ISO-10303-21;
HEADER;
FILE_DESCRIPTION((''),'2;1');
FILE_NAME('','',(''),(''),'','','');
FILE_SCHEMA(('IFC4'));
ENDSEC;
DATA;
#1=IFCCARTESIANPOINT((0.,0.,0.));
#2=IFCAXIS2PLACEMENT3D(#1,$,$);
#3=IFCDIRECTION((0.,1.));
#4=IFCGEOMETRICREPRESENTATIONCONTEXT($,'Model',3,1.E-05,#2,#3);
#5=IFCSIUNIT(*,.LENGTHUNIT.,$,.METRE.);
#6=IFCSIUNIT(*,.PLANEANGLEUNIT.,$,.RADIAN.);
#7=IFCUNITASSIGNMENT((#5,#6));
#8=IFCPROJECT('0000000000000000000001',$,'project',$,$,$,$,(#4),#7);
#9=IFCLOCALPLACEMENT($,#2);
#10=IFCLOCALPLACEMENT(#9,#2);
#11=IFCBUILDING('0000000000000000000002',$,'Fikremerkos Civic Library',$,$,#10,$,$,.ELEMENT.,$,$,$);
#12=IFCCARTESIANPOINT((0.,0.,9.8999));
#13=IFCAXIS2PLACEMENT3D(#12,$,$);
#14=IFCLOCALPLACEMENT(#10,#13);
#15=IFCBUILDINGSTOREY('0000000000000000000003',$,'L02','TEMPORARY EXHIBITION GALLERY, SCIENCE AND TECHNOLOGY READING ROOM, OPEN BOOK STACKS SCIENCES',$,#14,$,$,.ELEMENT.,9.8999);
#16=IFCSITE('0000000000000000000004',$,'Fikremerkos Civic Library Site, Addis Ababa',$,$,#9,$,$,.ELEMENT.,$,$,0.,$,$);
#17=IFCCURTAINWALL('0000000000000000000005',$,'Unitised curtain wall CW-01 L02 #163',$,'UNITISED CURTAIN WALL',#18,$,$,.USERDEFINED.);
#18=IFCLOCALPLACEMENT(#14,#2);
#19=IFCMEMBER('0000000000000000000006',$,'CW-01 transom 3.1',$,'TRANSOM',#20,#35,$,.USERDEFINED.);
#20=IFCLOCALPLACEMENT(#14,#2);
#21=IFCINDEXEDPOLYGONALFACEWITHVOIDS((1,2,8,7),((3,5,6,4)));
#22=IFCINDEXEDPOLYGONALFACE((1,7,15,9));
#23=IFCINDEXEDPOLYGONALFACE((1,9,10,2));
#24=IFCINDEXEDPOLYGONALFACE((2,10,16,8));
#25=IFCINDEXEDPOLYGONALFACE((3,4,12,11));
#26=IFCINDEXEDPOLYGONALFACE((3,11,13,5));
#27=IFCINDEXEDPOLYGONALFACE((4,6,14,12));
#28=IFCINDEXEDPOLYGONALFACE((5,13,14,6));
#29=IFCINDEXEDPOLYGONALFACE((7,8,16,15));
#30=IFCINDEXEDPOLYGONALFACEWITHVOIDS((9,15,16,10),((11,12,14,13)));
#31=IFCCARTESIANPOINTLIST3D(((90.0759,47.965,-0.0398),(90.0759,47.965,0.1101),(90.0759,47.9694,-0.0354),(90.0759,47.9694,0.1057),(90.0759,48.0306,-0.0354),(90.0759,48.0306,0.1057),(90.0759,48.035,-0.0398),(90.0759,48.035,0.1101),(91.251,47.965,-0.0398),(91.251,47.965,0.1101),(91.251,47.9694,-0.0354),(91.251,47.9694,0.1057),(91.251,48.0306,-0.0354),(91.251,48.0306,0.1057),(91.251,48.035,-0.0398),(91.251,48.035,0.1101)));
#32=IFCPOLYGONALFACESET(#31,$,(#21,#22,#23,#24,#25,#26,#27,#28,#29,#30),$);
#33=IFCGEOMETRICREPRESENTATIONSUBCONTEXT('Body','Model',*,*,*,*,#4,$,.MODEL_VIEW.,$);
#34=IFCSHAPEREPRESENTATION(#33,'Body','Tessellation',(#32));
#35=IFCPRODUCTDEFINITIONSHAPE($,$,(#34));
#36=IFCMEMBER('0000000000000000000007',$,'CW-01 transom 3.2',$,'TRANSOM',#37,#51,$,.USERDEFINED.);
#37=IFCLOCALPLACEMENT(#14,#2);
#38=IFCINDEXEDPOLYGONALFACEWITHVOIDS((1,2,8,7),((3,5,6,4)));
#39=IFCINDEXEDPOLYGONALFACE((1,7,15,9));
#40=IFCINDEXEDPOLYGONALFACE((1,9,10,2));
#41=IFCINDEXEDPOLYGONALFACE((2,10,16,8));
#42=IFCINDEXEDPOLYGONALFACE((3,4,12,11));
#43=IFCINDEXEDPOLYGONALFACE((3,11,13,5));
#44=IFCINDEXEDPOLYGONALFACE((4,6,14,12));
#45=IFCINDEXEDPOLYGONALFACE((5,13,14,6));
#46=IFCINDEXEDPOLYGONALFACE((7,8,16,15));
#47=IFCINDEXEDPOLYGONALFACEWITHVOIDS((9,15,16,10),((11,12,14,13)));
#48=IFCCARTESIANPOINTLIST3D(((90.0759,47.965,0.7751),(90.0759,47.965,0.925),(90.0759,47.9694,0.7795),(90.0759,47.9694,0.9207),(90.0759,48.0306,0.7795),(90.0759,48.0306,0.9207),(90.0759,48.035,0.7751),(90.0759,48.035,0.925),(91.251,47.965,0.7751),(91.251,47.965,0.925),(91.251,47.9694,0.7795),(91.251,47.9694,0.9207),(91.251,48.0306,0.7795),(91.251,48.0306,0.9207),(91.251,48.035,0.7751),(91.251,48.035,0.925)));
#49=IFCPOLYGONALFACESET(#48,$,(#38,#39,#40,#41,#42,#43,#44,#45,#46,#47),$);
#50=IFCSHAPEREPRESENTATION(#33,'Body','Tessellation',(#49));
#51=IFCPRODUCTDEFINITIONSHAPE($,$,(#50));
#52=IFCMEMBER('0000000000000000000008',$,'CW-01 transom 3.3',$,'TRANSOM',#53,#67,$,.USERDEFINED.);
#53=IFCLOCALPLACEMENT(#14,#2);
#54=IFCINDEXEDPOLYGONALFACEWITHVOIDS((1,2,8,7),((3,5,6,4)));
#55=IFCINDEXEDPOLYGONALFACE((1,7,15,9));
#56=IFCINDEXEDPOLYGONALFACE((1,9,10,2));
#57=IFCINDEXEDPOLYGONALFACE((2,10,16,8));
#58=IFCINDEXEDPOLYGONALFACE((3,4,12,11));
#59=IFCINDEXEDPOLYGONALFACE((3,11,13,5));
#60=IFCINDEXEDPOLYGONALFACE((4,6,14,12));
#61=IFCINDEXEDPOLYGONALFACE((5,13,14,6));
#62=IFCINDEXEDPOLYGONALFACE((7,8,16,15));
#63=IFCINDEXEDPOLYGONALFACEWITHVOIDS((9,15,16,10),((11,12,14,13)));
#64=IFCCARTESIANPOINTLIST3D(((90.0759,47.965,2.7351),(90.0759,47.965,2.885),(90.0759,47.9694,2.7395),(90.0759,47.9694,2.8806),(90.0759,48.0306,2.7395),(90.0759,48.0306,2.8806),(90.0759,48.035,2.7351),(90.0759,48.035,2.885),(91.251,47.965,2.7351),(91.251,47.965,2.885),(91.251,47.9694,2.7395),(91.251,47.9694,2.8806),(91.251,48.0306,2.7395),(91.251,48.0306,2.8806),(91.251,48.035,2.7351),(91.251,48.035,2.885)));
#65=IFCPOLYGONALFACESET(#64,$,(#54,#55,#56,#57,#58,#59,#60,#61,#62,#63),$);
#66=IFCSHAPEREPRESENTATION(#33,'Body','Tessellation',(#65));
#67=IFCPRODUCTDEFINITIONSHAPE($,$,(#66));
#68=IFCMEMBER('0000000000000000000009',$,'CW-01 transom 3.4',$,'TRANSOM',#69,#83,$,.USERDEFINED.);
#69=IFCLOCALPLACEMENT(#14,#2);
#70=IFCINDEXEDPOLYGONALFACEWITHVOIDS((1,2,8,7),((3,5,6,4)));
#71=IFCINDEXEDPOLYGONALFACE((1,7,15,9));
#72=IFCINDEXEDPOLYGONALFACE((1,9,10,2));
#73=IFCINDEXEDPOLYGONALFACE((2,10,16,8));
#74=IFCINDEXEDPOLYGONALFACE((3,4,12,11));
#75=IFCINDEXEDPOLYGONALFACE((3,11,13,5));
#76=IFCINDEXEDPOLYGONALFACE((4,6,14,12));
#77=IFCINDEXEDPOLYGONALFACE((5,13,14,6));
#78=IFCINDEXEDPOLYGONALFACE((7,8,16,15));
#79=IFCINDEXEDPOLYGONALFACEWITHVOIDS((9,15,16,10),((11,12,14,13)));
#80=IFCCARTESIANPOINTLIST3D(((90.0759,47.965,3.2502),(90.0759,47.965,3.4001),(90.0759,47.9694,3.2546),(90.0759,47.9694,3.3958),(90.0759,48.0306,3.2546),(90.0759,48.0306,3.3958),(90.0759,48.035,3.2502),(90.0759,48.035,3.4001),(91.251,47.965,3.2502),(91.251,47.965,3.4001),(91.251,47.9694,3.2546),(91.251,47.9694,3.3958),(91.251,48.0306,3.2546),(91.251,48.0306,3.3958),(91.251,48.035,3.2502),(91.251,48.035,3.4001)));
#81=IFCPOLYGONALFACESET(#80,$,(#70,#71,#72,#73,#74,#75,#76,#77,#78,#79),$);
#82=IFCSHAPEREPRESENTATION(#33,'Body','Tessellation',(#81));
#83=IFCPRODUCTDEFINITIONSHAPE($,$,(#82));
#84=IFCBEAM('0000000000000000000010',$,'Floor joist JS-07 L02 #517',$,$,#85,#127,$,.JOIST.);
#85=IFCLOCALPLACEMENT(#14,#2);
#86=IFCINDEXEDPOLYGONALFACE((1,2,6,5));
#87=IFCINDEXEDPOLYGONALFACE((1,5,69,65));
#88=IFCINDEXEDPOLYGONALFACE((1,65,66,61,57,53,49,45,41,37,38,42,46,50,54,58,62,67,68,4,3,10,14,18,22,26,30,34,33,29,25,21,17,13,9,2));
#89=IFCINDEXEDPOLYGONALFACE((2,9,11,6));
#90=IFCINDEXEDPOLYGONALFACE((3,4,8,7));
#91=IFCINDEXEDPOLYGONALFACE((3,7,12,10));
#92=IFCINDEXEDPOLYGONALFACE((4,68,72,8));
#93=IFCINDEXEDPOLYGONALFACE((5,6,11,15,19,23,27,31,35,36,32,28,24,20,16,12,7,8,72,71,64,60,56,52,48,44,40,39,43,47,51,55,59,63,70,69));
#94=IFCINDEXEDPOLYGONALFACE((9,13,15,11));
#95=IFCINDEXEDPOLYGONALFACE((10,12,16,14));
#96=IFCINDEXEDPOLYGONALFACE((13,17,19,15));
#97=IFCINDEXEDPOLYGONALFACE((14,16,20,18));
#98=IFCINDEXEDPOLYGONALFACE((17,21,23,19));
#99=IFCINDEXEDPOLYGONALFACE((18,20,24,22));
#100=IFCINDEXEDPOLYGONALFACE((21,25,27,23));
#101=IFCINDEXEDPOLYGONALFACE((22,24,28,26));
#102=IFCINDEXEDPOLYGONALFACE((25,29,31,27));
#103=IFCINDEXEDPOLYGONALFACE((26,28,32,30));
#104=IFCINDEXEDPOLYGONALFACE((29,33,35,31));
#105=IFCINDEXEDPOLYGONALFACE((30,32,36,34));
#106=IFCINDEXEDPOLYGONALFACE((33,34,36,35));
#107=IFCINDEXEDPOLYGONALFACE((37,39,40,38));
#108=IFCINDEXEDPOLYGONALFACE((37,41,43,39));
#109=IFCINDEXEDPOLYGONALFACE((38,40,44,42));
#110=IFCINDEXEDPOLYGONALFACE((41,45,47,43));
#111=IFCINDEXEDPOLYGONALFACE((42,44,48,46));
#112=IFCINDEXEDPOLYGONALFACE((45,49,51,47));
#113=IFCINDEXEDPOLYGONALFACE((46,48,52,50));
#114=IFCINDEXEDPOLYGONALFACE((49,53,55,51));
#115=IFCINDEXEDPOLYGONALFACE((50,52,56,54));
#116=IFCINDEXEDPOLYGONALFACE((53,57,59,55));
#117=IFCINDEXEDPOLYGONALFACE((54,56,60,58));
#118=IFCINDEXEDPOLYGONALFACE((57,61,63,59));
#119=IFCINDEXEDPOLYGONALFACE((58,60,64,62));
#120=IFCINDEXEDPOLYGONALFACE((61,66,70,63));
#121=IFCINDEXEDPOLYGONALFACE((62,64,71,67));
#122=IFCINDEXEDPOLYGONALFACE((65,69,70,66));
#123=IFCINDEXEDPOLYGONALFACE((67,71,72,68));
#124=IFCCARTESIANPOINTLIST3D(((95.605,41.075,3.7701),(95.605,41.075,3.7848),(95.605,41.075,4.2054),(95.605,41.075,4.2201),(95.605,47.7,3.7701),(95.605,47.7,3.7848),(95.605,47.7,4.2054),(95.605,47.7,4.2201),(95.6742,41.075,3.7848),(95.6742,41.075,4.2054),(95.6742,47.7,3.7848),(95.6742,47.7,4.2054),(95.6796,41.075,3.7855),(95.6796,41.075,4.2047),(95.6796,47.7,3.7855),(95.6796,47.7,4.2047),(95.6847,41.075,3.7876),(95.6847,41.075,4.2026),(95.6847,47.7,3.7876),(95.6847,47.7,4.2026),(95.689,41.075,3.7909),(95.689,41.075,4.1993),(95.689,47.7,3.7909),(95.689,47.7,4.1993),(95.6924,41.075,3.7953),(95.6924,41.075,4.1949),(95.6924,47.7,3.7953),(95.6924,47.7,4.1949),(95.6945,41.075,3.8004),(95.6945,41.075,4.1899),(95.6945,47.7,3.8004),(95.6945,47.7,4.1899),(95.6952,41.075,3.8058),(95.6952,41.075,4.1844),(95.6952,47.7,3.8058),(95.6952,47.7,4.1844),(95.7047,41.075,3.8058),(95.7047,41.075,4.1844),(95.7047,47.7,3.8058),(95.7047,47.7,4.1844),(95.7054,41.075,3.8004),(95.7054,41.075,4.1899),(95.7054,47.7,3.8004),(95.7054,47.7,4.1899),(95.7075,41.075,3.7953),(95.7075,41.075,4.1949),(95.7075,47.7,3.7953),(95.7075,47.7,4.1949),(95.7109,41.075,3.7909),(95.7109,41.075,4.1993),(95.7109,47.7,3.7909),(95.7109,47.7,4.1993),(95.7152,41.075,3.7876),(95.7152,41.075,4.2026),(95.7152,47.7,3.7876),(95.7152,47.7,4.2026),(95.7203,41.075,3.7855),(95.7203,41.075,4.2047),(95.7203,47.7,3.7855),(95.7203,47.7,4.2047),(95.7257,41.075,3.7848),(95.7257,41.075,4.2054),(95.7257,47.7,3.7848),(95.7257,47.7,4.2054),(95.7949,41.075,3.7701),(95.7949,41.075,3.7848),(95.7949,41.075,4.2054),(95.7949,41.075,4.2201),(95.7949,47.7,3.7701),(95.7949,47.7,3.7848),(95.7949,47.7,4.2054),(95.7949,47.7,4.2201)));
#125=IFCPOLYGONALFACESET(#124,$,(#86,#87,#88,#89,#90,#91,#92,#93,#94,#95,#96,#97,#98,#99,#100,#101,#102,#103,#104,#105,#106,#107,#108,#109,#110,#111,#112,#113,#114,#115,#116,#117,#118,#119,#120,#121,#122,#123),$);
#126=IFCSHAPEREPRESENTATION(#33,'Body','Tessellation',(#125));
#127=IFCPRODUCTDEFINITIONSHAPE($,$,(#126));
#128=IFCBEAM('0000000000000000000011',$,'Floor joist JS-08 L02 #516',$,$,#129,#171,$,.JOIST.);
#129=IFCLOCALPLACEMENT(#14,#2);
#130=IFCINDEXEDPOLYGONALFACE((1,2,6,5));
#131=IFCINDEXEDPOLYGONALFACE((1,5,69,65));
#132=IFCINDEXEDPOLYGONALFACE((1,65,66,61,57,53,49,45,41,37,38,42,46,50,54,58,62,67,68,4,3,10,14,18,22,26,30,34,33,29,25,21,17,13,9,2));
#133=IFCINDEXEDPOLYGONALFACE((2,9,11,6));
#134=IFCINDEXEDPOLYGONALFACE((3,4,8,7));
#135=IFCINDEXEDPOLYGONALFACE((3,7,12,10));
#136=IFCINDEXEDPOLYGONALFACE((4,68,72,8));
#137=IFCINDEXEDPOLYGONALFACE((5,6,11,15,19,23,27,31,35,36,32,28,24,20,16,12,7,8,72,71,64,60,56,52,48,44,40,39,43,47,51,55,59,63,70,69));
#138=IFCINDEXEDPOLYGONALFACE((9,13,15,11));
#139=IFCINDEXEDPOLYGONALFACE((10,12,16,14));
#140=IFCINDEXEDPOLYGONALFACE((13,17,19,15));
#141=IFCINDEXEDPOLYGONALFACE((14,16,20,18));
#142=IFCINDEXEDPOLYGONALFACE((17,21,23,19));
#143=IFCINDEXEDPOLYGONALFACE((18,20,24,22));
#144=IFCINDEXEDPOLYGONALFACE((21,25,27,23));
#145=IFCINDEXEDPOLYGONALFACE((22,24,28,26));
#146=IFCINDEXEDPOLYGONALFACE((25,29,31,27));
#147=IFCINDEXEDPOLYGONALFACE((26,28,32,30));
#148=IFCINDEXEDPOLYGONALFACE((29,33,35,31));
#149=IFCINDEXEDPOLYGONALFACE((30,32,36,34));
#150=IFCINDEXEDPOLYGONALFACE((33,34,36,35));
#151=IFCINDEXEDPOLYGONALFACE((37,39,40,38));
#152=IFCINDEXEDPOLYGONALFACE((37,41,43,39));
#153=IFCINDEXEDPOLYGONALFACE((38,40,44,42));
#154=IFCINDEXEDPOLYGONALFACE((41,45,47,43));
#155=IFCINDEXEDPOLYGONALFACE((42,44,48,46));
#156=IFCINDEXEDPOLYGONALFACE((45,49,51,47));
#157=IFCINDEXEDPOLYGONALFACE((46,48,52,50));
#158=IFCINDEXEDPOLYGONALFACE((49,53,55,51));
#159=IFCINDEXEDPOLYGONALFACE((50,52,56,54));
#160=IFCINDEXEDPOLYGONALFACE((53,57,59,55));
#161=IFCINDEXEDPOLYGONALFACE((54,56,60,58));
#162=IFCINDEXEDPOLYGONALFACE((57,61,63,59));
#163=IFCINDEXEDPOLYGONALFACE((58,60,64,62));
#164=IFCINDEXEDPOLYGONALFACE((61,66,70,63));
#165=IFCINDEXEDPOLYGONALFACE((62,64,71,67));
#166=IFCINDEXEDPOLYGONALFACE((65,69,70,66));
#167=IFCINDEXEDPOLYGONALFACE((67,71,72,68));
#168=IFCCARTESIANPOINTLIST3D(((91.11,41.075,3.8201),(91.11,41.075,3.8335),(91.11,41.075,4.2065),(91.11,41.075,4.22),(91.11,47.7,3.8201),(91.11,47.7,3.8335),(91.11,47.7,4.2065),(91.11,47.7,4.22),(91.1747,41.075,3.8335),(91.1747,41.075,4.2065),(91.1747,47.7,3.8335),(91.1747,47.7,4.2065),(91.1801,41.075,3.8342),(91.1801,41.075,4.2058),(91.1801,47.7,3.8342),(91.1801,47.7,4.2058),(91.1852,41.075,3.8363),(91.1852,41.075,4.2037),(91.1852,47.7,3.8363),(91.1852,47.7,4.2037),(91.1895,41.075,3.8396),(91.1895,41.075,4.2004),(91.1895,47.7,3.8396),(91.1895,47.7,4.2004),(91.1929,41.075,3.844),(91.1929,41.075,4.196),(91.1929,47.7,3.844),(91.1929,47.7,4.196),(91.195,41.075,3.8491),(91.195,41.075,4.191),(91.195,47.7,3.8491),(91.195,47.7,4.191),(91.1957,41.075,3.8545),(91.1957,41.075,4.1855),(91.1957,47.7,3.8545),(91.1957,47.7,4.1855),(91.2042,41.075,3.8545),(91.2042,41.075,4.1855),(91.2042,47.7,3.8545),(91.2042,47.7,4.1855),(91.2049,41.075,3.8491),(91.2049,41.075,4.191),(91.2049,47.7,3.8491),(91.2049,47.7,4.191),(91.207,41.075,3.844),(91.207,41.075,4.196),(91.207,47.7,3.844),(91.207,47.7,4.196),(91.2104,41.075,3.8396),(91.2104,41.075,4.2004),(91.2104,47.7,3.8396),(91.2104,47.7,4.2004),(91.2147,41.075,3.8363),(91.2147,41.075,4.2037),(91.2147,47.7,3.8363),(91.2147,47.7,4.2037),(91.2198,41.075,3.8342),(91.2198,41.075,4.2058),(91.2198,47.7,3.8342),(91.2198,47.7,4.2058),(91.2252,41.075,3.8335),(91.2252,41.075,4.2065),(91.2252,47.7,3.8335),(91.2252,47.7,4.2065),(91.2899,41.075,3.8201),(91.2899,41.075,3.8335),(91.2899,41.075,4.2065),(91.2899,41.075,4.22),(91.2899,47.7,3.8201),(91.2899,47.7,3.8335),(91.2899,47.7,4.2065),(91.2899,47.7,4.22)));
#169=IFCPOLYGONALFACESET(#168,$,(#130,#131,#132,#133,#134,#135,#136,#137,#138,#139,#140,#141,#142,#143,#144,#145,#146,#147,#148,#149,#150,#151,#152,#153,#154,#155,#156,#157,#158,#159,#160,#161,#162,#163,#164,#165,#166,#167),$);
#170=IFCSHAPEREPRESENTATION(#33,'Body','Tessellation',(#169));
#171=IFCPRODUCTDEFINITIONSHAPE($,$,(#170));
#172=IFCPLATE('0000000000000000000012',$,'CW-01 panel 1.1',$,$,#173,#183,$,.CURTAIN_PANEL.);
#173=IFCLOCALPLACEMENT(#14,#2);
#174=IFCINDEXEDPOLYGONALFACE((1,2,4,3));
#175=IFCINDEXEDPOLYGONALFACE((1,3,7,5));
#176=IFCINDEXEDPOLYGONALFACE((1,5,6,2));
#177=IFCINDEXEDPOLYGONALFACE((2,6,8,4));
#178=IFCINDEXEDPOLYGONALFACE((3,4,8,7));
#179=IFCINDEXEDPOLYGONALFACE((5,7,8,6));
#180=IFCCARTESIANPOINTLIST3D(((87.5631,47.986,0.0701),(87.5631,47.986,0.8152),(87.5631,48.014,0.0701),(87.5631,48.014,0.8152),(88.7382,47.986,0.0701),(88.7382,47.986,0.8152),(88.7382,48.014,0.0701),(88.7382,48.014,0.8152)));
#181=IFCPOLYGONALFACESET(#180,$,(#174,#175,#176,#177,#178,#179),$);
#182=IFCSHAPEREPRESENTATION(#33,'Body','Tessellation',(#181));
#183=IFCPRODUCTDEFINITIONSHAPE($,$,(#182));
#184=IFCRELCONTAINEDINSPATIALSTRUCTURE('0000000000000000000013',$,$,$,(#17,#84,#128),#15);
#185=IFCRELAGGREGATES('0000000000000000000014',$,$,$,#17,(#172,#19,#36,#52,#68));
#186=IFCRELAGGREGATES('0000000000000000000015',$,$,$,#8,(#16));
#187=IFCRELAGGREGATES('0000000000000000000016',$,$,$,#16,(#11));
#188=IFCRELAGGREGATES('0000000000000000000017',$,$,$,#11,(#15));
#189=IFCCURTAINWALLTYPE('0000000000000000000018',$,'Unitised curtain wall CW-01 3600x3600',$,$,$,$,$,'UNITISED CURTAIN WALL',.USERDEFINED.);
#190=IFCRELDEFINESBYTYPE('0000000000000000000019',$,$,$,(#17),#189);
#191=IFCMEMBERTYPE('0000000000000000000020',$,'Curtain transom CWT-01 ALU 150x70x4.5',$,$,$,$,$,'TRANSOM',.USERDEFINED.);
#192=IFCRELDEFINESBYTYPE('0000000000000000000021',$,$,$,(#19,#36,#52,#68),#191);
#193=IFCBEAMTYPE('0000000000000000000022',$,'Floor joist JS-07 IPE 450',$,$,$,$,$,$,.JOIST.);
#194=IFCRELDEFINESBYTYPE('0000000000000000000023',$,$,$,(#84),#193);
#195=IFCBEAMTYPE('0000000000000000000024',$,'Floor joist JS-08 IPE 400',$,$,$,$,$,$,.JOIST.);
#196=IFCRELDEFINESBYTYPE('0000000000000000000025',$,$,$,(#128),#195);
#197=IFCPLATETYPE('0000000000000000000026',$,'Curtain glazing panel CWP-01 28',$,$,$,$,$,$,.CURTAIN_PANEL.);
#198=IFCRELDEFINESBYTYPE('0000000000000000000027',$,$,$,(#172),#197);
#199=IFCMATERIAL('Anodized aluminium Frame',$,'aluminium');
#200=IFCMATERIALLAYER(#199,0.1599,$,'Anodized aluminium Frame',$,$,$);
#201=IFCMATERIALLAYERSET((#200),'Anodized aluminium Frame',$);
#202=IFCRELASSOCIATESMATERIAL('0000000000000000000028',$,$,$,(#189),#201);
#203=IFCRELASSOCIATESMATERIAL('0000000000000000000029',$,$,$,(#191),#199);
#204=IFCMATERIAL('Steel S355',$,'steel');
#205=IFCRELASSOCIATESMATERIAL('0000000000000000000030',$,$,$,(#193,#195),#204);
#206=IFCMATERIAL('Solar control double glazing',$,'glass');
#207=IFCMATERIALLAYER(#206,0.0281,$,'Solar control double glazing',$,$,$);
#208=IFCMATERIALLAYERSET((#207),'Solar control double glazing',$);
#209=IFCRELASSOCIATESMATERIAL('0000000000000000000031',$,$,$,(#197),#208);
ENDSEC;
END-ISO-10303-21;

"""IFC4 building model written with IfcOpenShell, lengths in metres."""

from ifc_helpers import new_model, si_unit, direction, frame, origin, origin_2d, place, context, subcontext, project, spatial, rectangle, hollow_rectangle, i_section, extrude, material, layer, layer_set, material_profile, profile_set, type_object, element, aggregate, save


model = new_model("IFC4")

# Units and contexts
model_context = context("Model", 3, precision=1e-05, world=origin(), true_north=direction((0.0, 1.0)))
body_context = subcontext(model_context, "Body", "Model", "MODEL_VIEW")
ifc_project = project(units=[si_unit("LENGTHUNIT", "METRE"), si_unit("PLANEANGLEUNIT", "RADIAN")], contexts=[model_context])

# Site, building, storey
site_placement = place(None, origin())
site = spatial("IfcSite", under=ifc_project, at=site_placement, Name="Fikremerkos Civic Library Site, Addis Ababa", CompositionType="ELEMENT", RefElevation=0.0)
building_placement = place(site_placement, origin())
building = spatial("IfcBuilding", under=site, at=building_placement, Name="Fikremerkos Civic Library", CompositionType="ELEMENT")
storey_placement = place(building_placement, frame((0.0, 0.0, 9.8999)))
storey = spatial("IfcBuildingStorey", under=building, at=storey_placement, Name="L02", Description="TEMPORARY EXHIBITION GALLERY, SCIENCE AND TECHNOLOGY READING ROOM, OPEN BOOK STACKS SCIENCES", CompositionType="ELEMENT", Elevation=9.8999)

# Curtain wall, members
ifc_material_1 = material(Name="Anodized aluminium Frame", Category="aluminium")
ifc_layer_1 = layer(ifc_material_1, 0.1599, Name="Anodized aluminium Frame")
ifc_layer_set_1 = layer_set([ifc_layer_1], Name="Anodized aluminium Frame")
curtain_wall_type = type_object("IfcCurtainWallType", Name="Unitised curtain wall CW-01 3600x3600", ElementType="UNITISED CURTAIN WALL", PredefinedType="USERDEFINED", material=ifc_layer_set_1)
curtain_wall_placement = place(storey_placement, origin())
curtain_wall = element("IfcCurtainWall", 1, at=curtain_wall_placement, inside=storey, type_object=curtain_wall_type, Name="Unitised curtain wall CW-01 L02 #163", ObjectType="UNITISED CURTAIN WALL", PredefinedType="USERDEFINED")
ifc_material_profile_1 = material_profile(ifc_material_1, hollow_rectangle(XDim=0.0701, YDim=0.1499, WallThickness=0.0044, at=origin_2d()), Name="ALU 150x70x4.5")
ifc_profile_set_1 = profile_set([ifc_material_profile_1], Name="Anodized aluminium Frame")
member_type_1 = type_object("IfcMemberType", Name="Curtain transom CWT-01 ALU 150x70x4.5", ElementType="TRANSOM", PredefinedType="USERDEFINED", material=ifc_profile_set_1)
member_1_placement = place(storey_placement, frame((90.0759, 48.0, 0.0352), z_axis=(1.0, 0.0, 0.0), x_axis=(0.0, 1.0, 0.0)))
member_1 = element("IfcMember", 2, at=member_1_placement, type_object=member_type_1, Name="CW-01 transom 3.1", ObjectType="TRANSOM", PredefinedType="USERDEFINED", context=body_context, shape_type="SweptSolid", body=[
    extrude(hollow_rectangle(XDim=0.0701, YDim=0.1499, WallThickness=0.0044, at=origin_2d()), origin(), (0.0, 0.0, 1.0), 1.175),
])
member_2_placement = place(storey_placement, frame((90.0759, 48.0, 0.8501), z_axis=(1.0, 0.0, 0.0), x_axis=(0.0, 1.0, 0.0)))
member_2 = element("IfcMember", 3, at=member_2_placement, type_object=member_type_1, Name="CW-01 transom 3.2", ObjectType="TRANSOM", PredefinedType="USERDEFINED", context=body_context, shape_type="SweptSolid", body=[
    extrude(hollow_rectangle(XDim=0.0701, YDim=0.1499, WallThickness=0.0044, at=origin_2d()), origin(), (0.0, 0.0, 1.0), 1.175),
])
member_3_placement = place(storey_placement, frame((90.0759, 48.0, 2.8101), z_axis=(1.0, 0.0, 0.0), x_axis=(0.0, 1.0, 0.0)))
member_3 = element("IfcMember", 4, at=member_3_placement, type_object=member_type_1, Name="CW-01 transom 3.3", ObjectType="TRANSOM", PredefinedType="USERDEFINED", context=body_context, shape_type="SweptSolid", body=[
    extrude(hollow_rectangle(XDim=0.0701, YDim=0.1499, WallThickness=0.0044, at=origin_2d()), origin(), (0.0, 0.0, 1.0), 1.175),
])
member_4_placement = place(storey_placement, frame((90.0759, 48.0, 3.3252), z_axis=(1.0, 0.0, 0.0), x_axis=(0.0, 1.0, 0.0)))
member_4 = element("IfcMember", 5, at=member_4_placement, type_object=member_type_1, Name="CW-01 transom 3.4", ObjectType="TRANSOM", PredefinedType="USERDEFINED", context=body_context, shape_type="SweptSolid", body=[
    extrude(hollow_rectangle(XDim=0.0701, YDim=0.1499, WallThickness=0.0044, at=origin_2d()), origin(), (0.0, 0.0, 1.0), 1.175),
])

# Beams
ifc_material_2 = material(Name="Steel S355", Category="steel")
ifc_material_profile_2 = material_profile(ifc_material_2, i_section(OverallWidth=0.1899, OverallDepth=0.45, WebThickness=0.0095, FlangeThickness=0.0146, FilletRadius=0.021, at=origin_2d()), Name="IPE 450")
ifc_profile_set_2 = profile_set([ifc_material_profile_2], Name="Steel S355")
beam_type_1 = type_object("IfcBeamType", Name="Floor joist JS-07 IPE 450", PredefinedType="JOIST", material=ifc_profile_set_2)
beam_1_placement = place(storey_placement, frame((95.7, 41.075, 3.9951), z_axis=(0.0, 1.0, 0.0), x_axis=(-1.0, 0.0, 0.0)))
element("IfcBeam", 6, at=beam_1_placement, inside=storey, type_object=beam_type_1, Name="Floor joist JS-07 L02 #517", PredefinedType="JOIST", context=body_context, shape_type="SweptSolid", body=[
    extrude(i_section(OverallWidth=0.1899, OverallDepth=0.45, WebThickness=0.0095, FlangeThickness=0.0146, FilletRadius=0.021, at=origin_2d()), origin(), (0.0, 0.0, 1.0), 6.625),
])
ifc_material_profile_3 = material_profile(ifc_material_2, i_section(OverallWidth=0.1799, OverallDepth=0.3999, WebThickness=0.0085, FlangeThickness=0.0134, FilletRadius=0.021, at=origin_2d()), Name="IPE 400")
ifc_profile_set_3 = profile_set([ifc_material_profile_3], Name="Steel S355")
beam_type_2 = type_object("IfcBeamType", Name="Floor joist JS-08 IPE 400", PredefinedType="JOIST", material=ifc_profile_set_3)
beam_2_placement = place(storey_placement, frame((91.2, 41.075, 4.02), z_axis=(0.0, 1.0, 0.0), x_axis=(-1.0, 0.0, 0.0)))
element("IfcBeam", 7, at=beam_2_placement, inside=storey, type_object=beam_type_2, Name="Floor joist JS-08 L02 #516", PredefinedType="JOIST", context=body_context, shape_type="SweptSolid", body=[
    extrude(i_section(OverallWidth=0.1799, OverallDepth=0.3999, WebThickness=0.0085, FlangeThickness=0.0134, FilletRadius=0.021, at=origin_2d()), origin(), (0.0, 0.0, 1.0), 6.625),
])

# Plate
ifc_material_3 = material(Name="Solar control double glazing", Category="glass")
ifc_layer_2 = layer(ifc_material_3, 0.0281, Name="Solar control double glazing")
ifc_layer_set_2 = layer_set([ifc_layer_2], Name="Solar control double glazing")
plate_type = type_object("IfcPlateType", Name="Curtain glazing panel CWP-01 28", PredefinedType="CURTAIN_PANEL", material=ifc_layer_set_2)
plate_1_placement = place(storey_placement, frame((88.1506, 48.0, 0.0701), z_axis=(0.0, 0.0, 1.0), x_axis=(1.0, 0.0, 0.0)))
plate_1 = element("IfcPlate", 8, at=plate_1_placement, type_object=plate_type, Name="CW-01 panel 1.1", PredefinedType="CURTAIN_PANEL", context=body_context, shape_type="SweptSolid", body=[
    extrude(rectangle(XDim=1.175, YDim=0.0281, at=origin_2d()), origin(), (0.0, 0.0, 1.0), 0.7451),
])
aggregate(curtain_wall, [plate_1, member_1, member_2, member_3, member_4])

save(model, "model.ifc")
